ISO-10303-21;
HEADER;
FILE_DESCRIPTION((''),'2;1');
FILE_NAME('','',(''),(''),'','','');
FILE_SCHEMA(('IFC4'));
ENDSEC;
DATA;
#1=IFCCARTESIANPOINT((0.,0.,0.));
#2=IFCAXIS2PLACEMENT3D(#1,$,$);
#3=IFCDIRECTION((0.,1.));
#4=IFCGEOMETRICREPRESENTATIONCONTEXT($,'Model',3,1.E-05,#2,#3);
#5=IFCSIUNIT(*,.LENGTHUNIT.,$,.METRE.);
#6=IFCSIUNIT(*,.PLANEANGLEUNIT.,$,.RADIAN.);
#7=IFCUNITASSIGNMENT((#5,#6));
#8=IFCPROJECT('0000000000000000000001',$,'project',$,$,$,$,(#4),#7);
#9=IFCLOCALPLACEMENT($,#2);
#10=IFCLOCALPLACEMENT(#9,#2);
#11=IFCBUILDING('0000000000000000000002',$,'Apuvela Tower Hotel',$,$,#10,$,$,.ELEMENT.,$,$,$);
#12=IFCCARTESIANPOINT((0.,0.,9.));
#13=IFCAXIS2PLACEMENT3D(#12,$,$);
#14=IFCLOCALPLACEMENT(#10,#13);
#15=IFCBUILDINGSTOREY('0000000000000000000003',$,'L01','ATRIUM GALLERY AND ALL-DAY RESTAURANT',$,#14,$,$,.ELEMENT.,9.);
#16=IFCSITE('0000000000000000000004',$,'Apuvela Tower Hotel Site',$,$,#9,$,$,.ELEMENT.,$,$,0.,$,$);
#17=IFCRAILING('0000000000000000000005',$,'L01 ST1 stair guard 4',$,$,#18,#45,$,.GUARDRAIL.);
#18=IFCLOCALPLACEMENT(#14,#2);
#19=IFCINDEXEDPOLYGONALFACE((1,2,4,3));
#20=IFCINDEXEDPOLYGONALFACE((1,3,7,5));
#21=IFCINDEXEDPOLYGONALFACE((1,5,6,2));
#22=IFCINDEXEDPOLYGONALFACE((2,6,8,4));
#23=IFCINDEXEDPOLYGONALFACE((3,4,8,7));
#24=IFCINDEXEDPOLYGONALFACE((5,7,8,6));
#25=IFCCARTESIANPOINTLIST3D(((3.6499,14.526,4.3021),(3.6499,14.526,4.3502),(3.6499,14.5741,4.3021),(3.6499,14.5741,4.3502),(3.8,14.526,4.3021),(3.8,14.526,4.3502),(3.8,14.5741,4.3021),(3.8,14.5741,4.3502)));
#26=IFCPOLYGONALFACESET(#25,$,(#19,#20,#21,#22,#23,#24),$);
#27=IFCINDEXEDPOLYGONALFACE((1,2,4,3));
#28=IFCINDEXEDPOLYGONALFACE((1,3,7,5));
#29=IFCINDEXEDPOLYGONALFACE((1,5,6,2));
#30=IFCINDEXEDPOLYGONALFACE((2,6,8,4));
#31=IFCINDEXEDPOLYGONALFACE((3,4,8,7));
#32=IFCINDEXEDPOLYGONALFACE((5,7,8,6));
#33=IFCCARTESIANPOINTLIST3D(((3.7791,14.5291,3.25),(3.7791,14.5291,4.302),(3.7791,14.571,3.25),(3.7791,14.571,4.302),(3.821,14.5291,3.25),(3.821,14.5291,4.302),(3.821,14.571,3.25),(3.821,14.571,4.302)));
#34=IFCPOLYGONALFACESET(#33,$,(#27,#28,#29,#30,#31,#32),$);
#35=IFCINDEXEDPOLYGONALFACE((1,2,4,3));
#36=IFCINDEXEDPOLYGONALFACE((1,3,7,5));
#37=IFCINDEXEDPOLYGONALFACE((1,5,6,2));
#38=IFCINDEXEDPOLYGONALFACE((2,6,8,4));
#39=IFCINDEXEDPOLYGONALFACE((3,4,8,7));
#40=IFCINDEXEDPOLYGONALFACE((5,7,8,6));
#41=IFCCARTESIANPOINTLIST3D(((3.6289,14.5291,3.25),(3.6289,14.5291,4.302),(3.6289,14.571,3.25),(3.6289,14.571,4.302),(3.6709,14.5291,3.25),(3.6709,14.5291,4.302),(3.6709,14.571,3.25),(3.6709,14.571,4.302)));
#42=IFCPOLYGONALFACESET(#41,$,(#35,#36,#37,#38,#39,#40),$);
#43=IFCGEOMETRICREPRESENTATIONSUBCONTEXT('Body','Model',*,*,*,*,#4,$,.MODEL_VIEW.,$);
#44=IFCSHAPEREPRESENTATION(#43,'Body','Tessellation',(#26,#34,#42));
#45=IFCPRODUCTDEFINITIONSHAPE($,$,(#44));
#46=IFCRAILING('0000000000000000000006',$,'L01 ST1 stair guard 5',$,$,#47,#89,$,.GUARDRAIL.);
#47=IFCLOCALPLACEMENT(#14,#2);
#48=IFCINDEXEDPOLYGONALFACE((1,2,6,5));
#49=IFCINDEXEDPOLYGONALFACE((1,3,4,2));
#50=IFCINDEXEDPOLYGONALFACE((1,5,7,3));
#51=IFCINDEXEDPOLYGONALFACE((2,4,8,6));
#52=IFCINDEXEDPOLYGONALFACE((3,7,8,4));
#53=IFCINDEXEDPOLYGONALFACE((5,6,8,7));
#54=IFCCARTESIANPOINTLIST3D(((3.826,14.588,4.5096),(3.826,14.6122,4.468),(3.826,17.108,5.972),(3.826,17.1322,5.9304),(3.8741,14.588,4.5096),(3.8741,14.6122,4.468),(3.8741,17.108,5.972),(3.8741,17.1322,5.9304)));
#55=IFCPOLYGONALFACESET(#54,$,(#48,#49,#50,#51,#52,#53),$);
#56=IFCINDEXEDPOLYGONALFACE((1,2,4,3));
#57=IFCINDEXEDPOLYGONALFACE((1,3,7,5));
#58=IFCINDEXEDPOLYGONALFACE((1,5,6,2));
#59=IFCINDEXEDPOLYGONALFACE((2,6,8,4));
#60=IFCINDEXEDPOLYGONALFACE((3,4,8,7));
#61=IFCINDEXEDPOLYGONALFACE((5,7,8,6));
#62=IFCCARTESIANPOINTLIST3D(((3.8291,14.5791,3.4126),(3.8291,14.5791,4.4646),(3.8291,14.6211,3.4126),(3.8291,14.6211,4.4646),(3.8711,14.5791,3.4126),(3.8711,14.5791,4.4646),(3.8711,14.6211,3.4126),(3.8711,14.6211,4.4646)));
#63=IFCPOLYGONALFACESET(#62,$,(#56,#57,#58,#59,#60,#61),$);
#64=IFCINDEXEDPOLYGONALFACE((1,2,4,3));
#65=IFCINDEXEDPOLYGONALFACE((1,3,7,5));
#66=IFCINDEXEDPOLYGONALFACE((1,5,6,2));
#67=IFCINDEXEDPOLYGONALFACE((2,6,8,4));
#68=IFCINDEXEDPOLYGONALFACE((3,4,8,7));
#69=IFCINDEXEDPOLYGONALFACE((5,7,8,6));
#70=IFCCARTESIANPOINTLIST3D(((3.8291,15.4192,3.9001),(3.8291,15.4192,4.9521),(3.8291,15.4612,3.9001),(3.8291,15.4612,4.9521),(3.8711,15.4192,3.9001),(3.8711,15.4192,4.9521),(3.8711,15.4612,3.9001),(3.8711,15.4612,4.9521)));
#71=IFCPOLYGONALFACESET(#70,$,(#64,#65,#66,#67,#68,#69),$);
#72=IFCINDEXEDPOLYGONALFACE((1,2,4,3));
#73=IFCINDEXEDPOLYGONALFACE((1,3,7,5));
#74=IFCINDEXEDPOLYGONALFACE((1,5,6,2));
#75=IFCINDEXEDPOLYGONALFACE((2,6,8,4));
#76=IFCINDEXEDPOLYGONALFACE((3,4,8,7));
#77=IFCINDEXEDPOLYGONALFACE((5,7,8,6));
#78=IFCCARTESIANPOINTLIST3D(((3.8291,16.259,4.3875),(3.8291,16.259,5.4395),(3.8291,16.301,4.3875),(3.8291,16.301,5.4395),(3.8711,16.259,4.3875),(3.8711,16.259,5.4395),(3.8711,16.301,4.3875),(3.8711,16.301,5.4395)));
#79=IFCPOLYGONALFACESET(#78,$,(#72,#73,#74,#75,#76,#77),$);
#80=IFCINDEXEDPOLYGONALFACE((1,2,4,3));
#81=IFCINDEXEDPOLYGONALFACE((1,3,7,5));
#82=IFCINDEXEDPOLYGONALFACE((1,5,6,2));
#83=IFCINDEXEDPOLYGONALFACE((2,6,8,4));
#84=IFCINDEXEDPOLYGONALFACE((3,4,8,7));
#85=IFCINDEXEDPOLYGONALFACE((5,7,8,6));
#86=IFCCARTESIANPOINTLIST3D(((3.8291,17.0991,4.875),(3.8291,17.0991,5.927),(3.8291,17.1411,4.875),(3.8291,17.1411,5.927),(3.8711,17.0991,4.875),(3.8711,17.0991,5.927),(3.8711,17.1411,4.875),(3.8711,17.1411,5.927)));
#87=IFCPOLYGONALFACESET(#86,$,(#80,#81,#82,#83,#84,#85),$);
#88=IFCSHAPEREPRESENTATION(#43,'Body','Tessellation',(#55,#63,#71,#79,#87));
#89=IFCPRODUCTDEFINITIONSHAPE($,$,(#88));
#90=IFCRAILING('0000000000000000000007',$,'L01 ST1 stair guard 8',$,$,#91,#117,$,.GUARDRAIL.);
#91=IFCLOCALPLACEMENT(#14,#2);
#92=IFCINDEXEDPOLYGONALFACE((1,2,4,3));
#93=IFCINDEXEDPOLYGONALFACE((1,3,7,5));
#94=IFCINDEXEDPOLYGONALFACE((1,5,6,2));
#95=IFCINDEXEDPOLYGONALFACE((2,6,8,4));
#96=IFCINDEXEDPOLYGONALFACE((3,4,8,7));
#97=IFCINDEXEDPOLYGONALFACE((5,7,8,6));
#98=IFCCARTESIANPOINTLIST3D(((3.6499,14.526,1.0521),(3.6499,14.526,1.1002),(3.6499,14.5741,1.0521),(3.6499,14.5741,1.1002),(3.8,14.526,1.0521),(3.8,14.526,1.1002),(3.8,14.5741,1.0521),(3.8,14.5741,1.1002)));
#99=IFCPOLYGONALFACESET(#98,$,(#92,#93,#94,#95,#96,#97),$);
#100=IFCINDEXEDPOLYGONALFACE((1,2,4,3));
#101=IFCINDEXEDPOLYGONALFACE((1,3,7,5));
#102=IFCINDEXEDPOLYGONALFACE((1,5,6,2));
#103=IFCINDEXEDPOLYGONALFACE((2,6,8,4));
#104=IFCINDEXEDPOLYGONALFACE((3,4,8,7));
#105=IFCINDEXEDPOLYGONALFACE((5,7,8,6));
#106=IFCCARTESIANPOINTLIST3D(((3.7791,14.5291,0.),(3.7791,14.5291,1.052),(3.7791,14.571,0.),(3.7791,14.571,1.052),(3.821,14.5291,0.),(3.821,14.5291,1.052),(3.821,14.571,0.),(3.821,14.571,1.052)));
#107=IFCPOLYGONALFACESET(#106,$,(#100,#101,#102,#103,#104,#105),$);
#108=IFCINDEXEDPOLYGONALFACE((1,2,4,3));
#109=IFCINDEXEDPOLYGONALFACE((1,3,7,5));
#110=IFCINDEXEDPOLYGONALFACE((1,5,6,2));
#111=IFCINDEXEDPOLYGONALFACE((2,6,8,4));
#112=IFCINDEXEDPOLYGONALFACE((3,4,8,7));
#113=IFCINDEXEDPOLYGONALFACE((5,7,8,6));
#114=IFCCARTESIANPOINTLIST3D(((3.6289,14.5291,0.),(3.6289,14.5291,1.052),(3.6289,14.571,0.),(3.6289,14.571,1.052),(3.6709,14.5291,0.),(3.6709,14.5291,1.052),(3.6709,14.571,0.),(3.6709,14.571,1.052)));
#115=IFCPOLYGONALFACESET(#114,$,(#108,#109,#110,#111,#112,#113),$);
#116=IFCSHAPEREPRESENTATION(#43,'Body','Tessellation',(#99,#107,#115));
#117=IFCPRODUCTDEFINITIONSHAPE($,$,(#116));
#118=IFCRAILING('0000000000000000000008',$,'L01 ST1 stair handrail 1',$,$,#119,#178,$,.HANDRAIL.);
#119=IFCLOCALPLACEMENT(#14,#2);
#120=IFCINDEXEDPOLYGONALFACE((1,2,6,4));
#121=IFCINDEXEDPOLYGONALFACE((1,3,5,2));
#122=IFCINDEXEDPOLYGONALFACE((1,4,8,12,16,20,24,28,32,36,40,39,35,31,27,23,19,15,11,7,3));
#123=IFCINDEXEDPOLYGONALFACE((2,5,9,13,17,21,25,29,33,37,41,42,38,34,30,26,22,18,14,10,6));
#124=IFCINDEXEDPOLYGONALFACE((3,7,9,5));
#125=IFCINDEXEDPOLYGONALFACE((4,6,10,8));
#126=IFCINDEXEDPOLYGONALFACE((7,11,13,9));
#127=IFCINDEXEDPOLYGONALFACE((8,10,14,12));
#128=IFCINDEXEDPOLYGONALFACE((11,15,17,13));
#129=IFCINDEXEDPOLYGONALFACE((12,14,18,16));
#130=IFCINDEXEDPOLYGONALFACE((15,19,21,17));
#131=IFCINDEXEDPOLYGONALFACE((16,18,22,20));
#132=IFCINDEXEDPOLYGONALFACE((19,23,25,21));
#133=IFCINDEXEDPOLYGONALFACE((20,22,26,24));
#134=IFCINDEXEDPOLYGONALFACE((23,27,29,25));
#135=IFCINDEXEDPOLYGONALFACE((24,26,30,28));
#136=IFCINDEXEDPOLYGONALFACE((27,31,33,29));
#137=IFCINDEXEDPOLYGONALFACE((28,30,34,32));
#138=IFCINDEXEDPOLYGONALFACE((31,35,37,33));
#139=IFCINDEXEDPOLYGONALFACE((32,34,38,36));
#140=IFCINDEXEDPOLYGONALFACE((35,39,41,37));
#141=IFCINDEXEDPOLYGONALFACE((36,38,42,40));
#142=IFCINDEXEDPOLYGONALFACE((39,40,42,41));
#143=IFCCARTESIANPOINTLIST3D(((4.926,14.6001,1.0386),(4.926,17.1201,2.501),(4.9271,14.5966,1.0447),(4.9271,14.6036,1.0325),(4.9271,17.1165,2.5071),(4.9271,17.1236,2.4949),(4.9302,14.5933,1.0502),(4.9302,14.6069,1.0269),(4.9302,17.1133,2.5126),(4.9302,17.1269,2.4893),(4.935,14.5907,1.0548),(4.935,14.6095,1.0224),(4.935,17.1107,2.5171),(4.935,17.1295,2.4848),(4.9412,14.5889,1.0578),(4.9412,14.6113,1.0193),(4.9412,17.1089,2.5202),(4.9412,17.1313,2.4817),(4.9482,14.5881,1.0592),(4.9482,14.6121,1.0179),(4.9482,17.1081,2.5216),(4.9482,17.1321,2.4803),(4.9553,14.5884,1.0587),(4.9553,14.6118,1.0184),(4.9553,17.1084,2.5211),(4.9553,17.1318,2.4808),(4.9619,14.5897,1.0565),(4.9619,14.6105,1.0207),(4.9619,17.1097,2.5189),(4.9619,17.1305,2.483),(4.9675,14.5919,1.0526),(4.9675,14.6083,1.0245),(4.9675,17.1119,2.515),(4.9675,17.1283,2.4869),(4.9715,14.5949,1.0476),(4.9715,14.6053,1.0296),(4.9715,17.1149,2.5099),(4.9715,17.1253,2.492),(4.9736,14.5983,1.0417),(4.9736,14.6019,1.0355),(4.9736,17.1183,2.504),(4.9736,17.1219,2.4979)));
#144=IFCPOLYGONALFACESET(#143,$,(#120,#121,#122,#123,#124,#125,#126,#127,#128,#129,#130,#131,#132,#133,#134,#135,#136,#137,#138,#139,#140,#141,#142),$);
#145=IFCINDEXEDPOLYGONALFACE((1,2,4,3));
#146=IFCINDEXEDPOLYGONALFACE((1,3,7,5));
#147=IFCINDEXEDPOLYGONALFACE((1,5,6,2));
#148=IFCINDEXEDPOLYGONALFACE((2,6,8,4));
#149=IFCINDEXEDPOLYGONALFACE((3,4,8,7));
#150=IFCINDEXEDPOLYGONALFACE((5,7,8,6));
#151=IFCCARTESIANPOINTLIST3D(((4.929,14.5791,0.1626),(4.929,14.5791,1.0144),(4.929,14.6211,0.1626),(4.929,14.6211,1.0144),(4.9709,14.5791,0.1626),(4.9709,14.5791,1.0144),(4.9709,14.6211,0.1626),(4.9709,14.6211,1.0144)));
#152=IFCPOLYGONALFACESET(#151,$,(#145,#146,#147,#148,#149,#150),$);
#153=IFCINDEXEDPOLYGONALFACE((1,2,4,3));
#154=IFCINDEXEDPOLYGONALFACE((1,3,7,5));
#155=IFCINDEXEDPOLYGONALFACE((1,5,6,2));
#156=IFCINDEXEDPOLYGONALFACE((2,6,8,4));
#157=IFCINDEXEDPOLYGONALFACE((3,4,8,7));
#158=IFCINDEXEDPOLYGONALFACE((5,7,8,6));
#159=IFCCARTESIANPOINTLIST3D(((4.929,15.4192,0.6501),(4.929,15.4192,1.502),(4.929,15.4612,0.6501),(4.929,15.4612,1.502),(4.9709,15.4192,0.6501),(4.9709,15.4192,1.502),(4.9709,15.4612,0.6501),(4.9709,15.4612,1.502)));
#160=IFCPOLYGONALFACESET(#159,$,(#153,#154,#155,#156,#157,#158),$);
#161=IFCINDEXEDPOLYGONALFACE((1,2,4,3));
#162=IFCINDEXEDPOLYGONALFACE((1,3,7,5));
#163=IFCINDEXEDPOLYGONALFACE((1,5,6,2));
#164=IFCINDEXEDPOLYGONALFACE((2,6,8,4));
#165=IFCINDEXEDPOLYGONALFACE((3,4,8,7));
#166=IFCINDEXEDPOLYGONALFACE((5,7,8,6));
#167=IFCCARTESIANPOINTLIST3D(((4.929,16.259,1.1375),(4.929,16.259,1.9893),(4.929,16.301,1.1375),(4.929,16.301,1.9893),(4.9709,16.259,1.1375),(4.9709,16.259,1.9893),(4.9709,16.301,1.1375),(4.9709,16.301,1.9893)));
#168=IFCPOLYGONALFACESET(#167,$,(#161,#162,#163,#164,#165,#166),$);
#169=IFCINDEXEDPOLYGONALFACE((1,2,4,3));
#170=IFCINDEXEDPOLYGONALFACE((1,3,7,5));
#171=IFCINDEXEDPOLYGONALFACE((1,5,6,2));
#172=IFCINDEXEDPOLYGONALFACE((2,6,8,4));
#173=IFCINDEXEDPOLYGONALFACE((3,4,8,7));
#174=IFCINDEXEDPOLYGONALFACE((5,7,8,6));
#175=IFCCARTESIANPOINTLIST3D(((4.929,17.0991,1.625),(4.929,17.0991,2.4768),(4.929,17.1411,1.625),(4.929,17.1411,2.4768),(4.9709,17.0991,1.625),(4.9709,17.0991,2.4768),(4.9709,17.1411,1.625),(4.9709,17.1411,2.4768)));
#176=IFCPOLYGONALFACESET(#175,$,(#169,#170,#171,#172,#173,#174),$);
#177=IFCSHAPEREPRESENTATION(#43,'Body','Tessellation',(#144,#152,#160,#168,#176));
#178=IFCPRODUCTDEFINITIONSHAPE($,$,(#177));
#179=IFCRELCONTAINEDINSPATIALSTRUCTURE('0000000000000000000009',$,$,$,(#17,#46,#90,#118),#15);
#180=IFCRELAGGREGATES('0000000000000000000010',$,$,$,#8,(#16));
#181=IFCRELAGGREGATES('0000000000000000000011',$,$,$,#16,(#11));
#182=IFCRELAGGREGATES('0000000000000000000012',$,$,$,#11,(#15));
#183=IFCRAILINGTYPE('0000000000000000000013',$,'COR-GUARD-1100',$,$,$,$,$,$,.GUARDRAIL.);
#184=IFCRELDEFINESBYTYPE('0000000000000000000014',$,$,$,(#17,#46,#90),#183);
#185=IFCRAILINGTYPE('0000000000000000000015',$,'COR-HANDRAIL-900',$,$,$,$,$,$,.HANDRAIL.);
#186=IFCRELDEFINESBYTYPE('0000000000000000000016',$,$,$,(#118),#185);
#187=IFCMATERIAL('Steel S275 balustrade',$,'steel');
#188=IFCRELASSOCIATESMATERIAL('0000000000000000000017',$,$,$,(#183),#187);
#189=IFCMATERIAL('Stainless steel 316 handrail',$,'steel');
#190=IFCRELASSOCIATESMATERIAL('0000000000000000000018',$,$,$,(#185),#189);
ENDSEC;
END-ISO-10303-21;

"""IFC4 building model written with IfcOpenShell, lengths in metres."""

from ifc_helpers import new_model, si_unit, direction, frame, origin, origin_2d, place, context, subcontext, project, spatial, rectangle, circle, extrude, material, type_object, element, save


model = new_model("IFC4")

# Units and contexts
model_context = context("Model", 3, precision=1e-05, world=origin(), true_north=direction((0.0, 1.0)))
body_context = subcontext(model_context, "Body", "Model", "MODEL_VIEW")
ifc_project = project(units=[si_unit("LENGTHUNIT", "METRE"), si_unit("PLANEANGLEUNIT", "RADIAN")], contexts=[model_context])

# Site, building, storey
site_placement = place(None, origin())
site = spatial("IfcSite", under=ifc_project, at=site_placement, Name="Apuvela Tower Hotel Site", CompositionType="ELEMENT", RefElevation=0.0)
building_placement = place(site_placement, origin())
building = spatial("IfcBuilding", under=site, at=building_placement, Name="Apuvela Tower Hotel", CompositionType="ELEMENT")
storey_placement = place(building_placement, frame((0.0, 0.0, 9.0)))
storey = spatial("IfcBuildingStorey", under=building, at=storey_placement, Name="L01", Description="ATRIUM GALLERY AND ALL-DAY RESTAURANT", CompositionType="ELEMENT", Elevation=9.0)

# Railings
ifc_material_1 = material(Name="Steel S275 balustrade", Category="steel")
railing_type_1 = type_object("IfcRailingType", Name="COR-GUARD-1100", PredefinedType="GUARDRAIL", material=ifc_material_1)
railing_1_placement = place(storey_placement, frame((3.8, 14.55, 3.25)))
element("IfcRailing", 1, at=railing_1_placement, inside=storey, type_object=railing_type_1, Name="L01 ST1 stair guard 4", PredefinedType="GUARDRAIL", context=body_context, shape_type="SweptSolid", body=[
    extrude(rectangle(XDim=0.0481, YDim=0.0481, at=origin_2d()), frame((0.0, 0.0, 1.0762), z_axis=(-1.0, 0.0, 0.0), x_axis=(0.0, -1.0, 0.0)), (0.0, 0.0, 1.0), 0.1501),
    extrude(rectangle(XDim=0.042, YDim=0.042, at=origin_2d()), origin(), (0.0, 0.0, 1.0), 1.052),
    extrude(rectangle(XDim=0.042, YDim=0.042, at=origin_2d()), frame((-0.1501, 0.0, 0.0)), (0.0, 0.0, 1.0), 1.052),
])
railing_2_placement = place(storey_placement, frame((3.8501, 14.6001, 3.4126)))
element("IfcRailing", 2, at=railing_2_placement, inside=storey, type_object=railing_type_1, Name="L01 ST1 stair guard 5", PredefinedType="GUARDRAIL", context=body_context, shape_type="SweptSolid", body=[
    extrude(rectangle(XDim=0.0481, YDim=0.0481, at=origin_2d()), frame((0.0, 0.0, 1.0762), z_axis=(0.0, 0.864913, 0.501921), x_axis=(-1.0, 0.0, 0.0)), (0.0, 0.0, 1.0), 2.9136),
    extrude(rectangle(XDim=0.042, YDim=0.042, at=origin_2d()), origin(), (0.0, 0.0, 1.0), 1.052),
    extrude(rectangle(XDim=0.042, YDim=0.042, at=origin_2d()), frame((0.0, 0.8401, 0.4875)), (0.0, 0.0, 1.0), 1.052),
    extrude(rectangle(XDim=0.042, YDim=0.042, at=origin_2d()), frame((0.0, 1.6799, 0.9749)), (0.0, 0.0, 1.0), 1.052),
    extrude(rectangle(XDim=0.042, YDim=0.042, at=origin_2d()), frame((0.0, 2.52, 1.4624)), (0.0, 0.0, 1.0), 1.052),
])
railing_3_placement = place(storey_placement, frame((3.8, 14.55, 0.0)))
element("IfcRailing", 3, at=railing_3_placement, inside=storey, type_object=railing_type_1, Name="L01 ST1 stair guard 8", PredefinedType="GUARDRAIL", context=body_context, shape_type="SweptSolid", body=[
    extrude(rectangle(XDim=0.0481, YDim=0.0481, at=origin_2d()), frame((0.0, 0.0, 1.0762), z_axis=(-1.0, 0.0, 0.0), x_axis=(0.0, -1.0, 0.0)), (0.0, 0.0, 1.0), 0.1501),
    extrude(rectangle(XDim=0.042, YDim=0.042, at=origin_2d()), origin(), (0.0, 0.0, 1.0), 1.052),
    extrude(rectangle(XDim=0.042, YDim=0.042, at=origin_2d()), frame((-0.1501, 0.0, 0.0)), (0.0, 0.0, 1.0), 1.052),
])
ifc_material_2 = material(Name="Stainless steel 316 handrail", Category="steel")
railing_type_2 = type_object("IfcRailingType", Name="COR-HANDRAIL-900", PredefinedType="HANDRAIL", material=ifc_material_2)
railing_4_placement = place(storey_placement, frame((4.95, 14.6001, 0.1626)))
element("IfcRailing", 4, at=railing_4_placement, inside=storey, type_object=railing_type_2, Name="L01 ST1 stair handrail 1", PredefinedType="HANDRAIL", context=body_context, shape_type="SweptSolid", body=[
    extrude(circle(Radius=0.0239, at=origin_2d()), frame((0.0, 0.0, 0.876), z_axis=(0.0, 0.864913, 0.501921), x_axis=(-1.0, 0.0, 0.0)), (0.0, 0.0, 1.0), 2.9136),
    extrude(rectangle(XDim=0.042, YDim=0.042, at=origin_2d()), origin(), (0.0, 0.0, 1.0), 0.8518),
    extrude(rectangle(XDim=0.042, YDim=0.042, at=origin_2d()), frame((0.0, 0.8401, 0.4875)), (0.0, 0.0, 1.0), 0.8518),
    extrude(rectangle(XDim=0.042, YDim=0.042, at=origin_2d()), frame((0.0, 1.6799, 0.9749)), (0.0, 0.0, 1.0), 0.8518),
    extrude(rectangle(XDim=0.042, YDim=0.042, at=origin_2d()), frame((0.0, 2.52, 1.4624)), (0.0, 0.0, 1.0), 0.8518),
])

save(model, "model.ifc")
